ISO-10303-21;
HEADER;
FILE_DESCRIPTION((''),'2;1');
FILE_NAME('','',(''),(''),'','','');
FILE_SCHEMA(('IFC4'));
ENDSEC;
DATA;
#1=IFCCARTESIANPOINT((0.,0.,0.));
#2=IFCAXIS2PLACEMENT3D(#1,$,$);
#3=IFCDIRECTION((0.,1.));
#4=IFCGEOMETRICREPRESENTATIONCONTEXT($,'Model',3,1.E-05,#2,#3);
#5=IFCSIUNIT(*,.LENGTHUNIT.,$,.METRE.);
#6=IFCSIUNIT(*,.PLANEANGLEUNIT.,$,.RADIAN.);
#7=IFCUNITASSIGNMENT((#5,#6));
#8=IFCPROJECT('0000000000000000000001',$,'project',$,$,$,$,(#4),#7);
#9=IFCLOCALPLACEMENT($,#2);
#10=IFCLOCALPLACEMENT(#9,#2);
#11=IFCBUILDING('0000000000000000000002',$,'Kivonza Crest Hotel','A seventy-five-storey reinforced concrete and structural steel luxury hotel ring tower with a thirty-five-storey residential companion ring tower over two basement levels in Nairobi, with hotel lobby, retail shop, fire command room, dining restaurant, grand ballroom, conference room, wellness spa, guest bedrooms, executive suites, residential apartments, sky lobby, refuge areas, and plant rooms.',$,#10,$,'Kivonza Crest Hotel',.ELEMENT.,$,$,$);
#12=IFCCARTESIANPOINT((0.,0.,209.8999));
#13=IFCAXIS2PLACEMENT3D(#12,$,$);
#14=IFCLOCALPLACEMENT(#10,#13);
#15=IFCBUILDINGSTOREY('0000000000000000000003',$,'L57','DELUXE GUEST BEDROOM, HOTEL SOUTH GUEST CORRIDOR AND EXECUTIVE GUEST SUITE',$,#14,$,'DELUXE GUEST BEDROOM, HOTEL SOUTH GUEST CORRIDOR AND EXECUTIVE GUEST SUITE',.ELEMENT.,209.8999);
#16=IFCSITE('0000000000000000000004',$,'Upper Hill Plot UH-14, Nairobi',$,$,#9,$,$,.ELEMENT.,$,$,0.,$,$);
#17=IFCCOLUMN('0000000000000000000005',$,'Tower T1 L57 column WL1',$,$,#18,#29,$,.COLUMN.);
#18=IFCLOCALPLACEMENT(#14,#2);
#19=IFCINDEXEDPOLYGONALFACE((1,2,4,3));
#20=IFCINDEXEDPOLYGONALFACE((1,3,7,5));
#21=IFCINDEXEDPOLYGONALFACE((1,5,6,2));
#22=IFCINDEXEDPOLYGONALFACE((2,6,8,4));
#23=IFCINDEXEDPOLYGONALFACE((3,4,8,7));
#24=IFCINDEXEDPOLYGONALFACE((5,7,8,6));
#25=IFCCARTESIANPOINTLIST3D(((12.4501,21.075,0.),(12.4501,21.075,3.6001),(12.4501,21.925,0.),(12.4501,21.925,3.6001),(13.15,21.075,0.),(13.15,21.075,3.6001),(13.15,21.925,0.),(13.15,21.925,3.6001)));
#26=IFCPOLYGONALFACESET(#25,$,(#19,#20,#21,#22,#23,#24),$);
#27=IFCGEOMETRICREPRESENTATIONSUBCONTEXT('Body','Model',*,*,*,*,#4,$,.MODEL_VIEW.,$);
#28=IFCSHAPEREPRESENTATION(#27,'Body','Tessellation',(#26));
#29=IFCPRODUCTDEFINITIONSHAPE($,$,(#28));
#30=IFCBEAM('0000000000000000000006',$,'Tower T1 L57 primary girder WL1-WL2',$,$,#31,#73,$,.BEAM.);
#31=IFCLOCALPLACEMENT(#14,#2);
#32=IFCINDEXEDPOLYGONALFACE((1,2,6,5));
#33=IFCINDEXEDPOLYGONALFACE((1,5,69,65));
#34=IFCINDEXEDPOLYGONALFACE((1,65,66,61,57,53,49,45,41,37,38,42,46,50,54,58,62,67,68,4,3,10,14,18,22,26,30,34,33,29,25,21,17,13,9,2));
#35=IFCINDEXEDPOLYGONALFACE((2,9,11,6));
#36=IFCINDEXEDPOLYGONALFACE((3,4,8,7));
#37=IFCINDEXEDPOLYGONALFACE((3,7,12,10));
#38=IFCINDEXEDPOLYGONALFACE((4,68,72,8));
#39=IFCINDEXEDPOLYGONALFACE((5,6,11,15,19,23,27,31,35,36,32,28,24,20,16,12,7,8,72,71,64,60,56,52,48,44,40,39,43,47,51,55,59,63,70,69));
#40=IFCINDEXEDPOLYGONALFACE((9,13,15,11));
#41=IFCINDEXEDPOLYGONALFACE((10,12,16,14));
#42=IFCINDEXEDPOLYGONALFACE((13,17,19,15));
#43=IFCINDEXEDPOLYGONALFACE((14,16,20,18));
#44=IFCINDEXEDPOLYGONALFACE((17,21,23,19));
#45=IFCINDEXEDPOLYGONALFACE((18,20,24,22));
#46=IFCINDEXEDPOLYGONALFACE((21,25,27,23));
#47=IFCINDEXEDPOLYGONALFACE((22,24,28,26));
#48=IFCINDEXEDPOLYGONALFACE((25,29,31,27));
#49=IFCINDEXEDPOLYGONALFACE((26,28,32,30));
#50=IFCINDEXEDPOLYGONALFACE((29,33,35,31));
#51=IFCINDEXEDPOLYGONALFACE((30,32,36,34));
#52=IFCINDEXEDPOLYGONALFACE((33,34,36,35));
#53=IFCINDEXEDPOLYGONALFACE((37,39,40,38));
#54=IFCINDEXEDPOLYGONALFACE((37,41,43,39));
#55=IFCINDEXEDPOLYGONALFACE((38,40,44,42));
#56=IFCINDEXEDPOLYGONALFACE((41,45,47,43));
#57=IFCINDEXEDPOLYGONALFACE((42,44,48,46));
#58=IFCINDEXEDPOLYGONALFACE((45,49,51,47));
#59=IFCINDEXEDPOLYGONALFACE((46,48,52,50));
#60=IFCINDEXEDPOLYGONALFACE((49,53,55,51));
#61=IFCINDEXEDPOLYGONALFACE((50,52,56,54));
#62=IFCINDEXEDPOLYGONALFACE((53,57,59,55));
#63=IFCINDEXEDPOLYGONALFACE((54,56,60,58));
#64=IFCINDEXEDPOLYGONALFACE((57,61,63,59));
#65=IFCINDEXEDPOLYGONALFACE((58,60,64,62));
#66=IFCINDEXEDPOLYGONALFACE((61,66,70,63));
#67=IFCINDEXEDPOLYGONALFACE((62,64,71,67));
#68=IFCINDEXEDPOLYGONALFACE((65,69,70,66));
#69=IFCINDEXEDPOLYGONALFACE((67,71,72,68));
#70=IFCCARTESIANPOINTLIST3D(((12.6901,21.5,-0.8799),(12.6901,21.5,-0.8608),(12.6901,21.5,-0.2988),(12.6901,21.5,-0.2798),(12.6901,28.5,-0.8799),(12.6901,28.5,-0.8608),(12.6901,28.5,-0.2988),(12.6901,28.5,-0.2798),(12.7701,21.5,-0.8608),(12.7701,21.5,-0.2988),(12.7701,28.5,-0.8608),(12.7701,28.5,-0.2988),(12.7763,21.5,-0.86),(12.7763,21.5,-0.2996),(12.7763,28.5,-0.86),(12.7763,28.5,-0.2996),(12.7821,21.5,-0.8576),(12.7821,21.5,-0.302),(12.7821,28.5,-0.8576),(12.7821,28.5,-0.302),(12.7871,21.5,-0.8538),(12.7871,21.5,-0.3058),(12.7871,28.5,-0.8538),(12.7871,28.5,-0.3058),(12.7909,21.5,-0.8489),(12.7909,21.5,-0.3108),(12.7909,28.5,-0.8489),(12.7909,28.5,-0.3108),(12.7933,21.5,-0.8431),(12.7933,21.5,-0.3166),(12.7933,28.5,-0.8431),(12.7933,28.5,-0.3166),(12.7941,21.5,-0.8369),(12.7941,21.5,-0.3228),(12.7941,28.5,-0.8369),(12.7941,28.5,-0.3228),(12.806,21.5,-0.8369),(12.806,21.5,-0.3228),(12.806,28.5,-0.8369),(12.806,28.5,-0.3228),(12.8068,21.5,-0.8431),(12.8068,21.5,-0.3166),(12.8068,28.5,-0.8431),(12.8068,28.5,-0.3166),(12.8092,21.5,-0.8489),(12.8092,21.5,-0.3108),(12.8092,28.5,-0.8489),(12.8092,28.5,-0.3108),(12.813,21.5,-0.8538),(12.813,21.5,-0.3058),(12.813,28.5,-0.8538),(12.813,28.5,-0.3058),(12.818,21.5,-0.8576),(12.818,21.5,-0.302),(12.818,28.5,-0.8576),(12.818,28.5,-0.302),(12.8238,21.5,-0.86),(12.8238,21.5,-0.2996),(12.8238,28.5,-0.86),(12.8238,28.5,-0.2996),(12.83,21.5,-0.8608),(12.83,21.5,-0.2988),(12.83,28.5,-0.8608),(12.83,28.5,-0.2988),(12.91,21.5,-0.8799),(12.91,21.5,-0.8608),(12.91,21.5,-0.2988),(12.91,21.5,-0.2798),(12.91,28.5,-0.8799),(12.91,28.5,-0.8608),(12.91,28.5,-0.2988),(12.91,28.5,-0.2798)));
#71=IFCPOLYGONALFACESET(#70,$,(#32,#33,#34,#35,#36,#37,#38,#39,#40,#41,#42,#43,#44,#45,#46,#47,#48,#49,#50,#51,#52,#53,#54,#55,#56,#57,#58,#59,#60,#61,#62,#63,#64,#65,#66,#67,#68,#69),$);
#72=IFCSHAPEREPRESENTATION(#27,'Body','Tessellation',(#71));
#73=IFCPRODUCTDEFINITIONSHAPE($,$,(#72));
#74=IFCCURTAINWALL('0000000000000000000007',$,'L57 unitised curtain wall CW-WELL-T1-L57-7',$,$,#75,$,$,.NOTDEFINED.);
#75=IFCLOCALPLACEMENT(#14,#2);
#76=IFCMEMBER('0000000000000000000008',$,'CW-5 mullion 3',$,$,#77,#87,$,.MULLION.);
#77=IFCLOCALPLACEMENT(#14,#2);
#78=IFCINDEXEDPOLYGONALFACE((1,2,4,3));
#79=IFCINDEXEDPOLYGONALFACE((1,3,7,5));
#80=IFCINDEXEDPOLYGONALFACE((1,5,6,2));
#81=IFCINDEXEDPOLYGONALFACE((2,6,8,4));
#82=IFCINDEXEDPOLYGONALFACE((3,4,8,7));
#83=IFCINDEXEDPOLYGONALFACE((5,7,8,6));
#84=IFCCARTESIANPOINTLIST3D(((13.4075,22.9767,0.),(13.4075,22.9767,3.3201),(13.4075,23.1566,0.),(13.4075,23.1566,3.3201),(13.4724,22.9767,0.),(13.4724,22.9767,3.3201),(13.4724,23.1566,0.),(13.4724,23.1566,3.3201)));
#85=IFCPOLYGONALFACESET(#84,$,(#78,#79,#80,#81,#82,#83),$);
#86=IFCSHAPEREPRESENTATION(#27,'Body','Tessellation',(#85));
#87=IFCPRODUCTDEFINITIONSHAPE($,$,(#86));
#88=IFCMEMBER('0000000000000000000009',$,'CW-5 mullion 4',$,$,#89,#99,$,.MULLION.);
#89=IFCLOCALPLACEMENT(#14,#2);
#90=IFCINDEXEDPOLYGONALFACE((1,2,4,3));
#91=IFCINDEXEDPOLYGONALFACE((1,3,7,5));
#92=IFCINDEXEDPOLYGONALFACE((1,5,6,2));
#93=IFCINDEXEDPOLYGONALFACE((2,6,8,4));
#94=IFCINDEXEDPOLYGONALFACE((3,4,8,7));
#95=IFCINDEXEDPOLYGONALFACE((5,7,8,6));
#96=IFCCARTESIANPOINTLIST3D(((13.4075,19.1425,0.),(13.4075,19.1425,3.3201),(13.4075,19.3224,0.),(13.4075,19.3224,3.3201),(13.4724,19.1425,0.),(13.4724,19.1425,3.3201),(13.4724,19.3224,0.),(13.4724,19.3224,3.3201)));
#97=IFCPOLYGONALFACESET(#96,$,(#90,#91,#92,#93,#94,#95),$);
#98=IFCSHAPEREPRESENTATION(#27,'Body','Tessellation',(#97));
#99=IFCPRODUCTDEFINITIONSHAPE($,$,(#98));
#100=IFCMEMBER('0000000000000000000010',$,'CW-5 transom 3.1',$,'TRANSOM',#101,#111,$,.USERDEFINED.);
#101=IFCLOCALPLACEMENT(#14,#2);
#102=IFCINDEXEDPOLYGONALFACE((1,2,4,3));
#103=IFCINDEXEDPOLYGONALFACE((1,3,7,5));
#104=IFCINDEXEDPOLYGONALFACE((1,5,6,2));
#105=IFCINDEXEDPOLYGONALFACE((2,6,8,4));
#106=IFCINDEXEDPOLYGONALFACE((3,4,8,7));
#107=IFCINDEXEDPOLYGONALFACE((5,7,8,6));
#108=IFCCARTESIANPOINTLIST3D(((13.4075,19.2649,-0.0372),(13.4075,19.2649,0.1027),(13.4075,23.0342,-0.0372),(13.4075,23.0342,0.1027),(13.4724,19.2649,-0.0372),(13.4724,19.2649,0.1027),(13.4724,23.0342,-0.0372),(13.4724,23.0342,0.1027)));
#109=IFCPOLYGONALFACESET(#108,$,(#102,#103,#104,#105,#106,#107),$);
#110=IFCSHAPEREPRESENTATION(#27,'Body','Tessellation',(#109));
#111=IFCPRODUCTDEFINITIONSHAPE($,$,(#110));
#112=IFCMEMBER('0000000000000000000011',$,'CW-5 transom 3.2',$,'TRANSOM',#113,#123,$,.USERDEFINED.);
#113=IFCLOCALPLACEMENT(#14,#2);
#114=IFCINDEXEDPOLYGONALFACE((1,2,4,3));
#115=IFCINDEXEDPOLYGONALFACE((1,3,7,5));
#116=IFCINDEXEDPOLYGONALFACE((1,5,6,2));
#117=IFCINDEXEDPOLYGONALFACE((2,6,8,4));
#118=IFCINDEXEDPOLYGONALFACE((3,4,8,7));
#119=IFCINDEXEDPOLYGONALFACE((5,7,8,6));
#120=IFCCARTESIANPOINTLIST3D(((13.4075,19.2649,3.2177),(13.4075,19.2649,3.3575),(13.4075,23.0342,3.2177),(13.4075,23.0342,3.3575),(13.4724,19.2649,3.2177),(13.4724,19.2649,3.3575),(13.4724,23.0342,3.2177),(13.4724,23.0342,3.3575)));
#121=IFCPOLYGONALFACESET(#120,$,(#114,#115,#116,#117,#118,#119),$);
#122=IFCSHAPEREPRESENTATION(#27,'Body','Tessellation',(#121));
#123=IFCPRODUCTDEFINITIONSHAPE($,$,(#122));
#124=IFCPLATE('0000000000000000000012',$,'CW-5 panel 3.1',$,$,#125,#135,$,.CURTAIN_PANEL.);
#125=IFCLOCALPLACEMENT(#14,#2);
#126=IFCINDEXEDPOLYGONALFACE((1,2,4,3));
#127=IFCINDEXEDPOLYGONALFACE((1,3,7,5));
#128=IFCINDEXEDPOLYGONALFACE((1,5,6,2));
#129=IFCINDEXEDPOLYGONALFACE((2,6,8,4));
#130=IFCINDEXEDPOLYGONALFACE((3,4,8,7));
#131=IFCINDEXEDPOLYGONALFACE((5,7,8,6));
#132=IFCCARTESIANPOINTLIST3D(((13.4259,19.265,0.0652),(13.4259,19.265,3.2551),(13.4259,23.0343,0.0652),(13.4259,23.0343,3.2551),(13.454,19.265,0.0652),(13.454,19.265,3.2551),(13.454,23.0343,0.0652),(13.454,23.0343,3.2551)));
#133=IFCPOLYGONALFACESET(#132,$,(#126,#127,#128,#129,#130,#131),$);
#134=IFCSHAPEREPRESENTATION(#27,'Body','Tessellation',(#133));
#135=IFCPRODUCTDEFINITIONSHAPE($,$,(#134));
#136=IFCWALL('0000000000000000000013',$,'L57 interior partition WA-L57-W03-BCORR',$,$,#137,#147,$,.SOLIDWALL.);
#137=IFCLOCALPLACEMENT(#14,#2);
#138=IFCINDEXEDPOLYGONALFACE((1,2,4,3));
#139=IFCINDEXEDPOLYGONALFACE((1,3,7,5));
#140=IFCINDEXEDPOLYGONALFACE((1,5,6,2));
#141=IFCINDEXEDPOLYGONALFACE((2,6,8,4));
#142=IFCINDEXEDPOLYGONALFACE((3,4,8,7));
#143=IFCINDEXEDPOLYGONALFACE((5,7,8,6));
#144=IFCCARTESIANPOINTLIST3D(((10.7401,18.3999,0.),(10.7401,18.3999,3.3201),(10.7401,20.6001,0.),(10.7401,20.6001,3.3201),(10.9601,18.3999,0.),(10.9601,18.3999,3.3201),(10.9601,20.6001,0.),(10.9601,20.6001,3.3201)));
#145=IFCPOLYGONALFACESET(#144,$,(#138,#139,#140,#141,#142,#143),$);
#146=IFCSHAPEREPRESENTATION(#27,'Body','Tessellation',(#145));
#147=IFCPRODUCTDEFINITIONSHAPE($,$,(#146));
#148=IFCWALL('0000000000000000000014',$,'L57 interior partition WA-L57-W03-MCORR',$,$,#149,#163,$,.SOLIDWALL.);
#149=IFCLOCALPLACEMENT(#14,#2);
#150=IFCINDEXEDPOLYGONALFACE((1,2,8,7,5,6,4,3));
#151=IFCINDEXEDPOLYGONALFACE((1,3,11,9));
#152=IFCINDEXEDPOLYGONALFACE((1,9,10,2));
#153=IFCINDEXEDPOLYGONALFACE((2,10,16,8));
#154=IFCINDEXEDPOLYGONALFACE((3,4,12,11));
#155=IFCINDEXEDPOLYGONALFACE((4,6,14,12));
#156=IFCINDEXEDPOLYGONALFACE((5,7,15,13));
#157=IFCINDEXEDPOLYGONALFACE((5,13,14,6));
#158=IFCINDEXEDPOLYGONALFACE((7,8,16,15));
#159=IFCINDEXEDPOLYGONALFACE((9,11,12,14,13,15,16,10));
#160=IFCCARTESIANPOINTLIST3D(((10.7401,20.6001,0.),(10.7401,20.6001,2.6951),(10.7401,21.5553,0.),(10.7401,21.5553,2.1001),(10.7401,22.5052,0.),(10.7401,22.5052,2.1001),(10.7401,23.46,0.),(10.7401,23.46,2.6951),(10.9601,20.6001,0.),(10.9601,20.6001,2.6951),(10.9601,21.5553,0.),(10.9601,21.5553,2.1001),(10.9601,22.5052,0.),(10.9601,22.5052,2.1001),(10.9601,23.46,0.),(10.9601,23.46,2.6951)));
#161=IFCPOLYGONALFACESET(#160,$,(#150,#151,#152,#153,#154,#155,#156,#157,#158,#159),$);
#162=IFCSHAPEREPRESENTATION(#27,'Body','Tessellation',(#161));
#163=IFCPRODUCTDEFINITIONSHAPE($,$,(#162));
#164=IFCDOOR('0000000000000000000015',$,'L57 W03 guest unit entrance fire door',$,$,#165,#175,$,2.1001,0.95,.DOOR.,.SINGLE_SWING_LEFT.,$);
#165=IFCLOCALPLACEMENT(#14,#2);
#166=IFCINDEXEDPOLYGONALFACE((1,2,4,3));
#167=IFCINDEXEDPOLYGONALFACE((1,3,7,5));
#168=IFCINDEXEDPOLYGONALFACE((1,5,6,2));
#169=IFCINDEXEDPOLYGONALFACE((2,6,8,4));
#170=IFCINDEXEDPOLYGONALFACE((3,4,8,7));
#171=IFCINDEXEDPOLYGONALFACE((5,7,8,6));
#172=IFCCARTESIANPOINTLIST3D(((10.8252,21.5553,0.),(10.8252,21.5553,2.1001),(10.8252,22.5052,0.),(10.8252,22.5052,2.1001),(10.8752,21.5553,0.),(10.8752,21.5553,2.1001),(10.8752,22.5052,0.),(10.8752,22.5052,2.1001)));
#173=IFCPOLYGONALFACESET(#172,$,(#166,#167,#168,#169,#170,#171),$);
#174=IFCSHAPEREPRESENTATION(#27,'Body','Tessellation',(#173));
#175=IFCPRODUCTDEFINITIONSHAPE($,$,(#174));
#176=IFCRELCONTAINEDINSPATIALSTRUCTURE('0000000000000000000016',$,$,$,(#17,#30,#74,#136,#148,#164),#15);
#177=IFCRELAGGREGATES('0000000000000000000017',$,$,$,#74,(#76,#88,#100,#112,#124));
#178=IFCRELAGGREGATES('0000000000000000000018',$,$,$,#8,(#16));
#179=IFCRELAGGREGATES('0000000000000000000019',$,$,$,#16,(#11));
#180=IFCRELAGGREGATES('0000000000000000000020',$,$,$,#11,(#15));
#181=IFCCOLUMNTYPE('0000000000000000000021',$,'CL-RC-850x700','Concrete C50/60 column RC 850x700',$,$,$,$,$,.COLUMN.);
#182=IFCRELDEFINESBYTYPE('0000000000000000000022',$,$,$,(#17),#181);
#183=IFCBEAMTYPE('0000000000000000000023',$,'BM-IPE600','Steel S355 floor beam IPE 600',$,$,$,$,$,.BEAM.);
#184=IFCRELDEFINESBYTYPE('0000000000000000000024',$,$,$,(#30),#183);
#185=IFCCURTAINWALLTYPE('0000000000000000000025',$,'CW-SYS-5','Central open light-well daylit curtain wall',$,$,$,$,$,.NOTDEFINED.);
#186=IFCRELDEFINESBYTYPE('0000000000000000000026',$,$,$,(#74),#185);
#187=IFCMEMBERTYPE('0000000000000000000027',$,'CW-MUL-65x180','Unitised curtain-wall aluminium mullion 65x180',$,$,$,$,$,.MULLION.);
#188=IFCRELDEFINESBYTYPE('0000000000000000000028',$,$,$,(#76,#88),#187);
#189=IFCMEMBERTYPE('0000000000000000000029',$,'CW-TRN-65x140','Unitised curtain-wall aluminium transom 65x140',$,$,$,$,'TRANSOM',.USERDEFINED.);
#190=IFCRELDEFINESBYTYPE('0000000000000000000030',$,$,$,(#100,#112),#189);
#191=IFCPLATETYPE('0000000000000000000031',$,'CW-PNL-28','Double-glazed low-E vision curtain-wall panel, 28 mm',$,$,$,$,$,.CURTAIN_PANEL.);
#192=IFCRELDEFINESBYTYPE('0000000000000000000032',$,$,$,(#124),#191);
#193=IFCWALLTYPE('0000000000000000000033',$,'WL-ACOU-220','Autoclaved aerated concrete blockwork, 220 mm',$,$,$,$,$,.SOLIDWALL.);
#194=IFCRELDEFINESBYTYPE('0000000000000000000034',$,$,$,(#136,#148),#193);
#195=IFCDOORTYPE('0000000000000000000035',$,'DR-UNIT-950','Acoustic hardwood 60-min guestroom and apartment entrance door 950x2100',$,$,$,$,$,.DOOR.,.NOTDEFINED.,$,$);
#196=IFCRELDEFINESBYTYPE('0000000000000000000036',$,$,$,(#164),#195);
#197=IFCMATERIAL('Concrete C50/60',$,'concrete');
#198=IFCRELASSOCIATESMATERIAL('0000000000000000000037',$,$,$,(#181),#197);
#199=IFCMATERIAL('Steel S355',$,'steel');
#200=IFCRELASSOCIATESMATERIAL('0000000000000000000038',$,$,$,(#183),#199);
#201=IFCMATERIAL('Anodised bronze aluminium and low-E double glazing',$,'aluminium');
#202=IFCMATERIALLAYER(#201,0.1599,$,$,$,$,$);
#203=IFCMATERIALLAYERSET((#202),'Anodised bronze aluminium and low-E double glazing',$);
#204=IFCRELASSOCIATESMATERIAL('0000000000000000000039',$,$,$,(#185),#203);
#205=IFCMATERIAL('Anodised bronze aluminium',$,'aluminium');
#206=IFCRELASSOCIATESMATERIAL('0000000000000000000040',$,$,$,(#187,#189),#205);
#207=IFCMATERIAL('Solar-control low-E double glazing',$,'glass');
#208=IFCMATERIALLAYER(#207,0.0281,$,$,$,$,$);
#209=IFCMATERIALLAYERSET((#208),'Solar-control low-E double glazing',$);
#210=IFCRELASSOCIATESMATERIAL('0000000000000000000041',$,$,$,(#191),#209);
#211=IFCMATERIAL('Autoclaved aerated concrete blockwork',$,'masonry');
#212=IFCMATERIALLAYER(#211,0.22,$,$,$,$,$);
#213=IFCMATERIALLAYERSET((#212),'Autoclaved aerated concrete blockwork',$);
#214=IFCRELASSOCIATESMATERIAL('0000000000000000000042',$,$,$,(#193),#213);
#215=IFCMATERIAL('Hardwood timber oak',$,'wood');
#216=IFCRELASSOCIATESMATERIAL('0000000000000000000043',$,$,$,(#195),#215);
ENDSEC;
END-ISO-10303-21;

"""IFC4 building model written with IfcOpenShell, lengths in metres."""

from ifc_helpers import new_model, si_unit, direction, frame, frame_2d, origin, origin_2d, place, context, subcontext, project, spatial, rectangle, i_section, extrude, material, layer, layer_set, material_profile, profile_set, type_object, element, fill, aggregate, save


model = new_model("IFC4")

# Units and contexts
model_context = context("Model", 3, precision=1e-05, world=origin(), true_north=direction((0.0, 1.0)))
body_context = subcontext(model_context, "Body", "Model", "MODEL_VIEW")
ifc_project = project(units=[si_unit("LENGTHUNIT", "METRE"), si_unit("PLANEANGLEUNIT", "RADIAN")], contexts=[model_context])

# Site, building, storey
site_placement = place(None, origin())
site = spatial("IfcSite", under=ifc_project, at=site_placement, Name="Upper Hill Plot UH-14, Nairobi", CompositionType="ELEMENT", RefElevation=0.0)
building_placement = place(site_placement, origin())
building = spatial("IfcBuilding", under=site, at=building_placement, Name="Kivonza Crest Hotel", Description="A seventy-five-storey reinforced concrete and structural steel luxury hotel ring tower with a thirty-five-storey residential companion ring tower over two basement levels in Nairobi, with hotel lobby, retail shop, fire command room, dining restaurant, grand ballroom, conference room, wellness spa, guest bedrooms, executive suites, residential apartments, sky lobby, refuge areas, and plant rooms.", LongName="Kivonza Crest Hotel", CompositionType="ELEMENT")
storey_placement = place(building_placement, frame((0.0, 0.0, 209.8999)))
storey = spatial("IfcBuildingStorey", under=building, at=storey_placement, Name="L57", Description="DELUXE GUEST BEDROOM, HOTEL SOUTH GUEST CORRIDOR AND EXECUTIVE GUEST SUITE", LongName="DELUXE GUEST BEDROOM, HOTEL SOUTH GUEST CORRIDOR AND EXECUTIVE GUEST SUITE", CompositionType="ELEMENT", Elevation=209.8999)

# Column
ifc_material_1 = material(Name="Concrete C50/60", Category="concrete")
ifc_material_profile_1 = material_profile(ifc_material_1, rectangle(XDim=0.7, YDim=0.8501, at=origin_2d()), Name="RC 850x700")
ifc_profile_set_1 = profile_set([ifc_material_profile_1], Name="Concrete C50/60")
column_type = type_object("IfcColumnType", Name="CL-RC-850x700", Description="Concrete C50/60 column RC 850x700", PredefinedType="COLUMN", material=ifc_profile_set_1)
column_placement = place(storey_placement, frame((12.8, 21.5, 0.0), z_axis=(0.0, 0.0, 1.0), x_axis=(1.0, 0.0, 0.0)))
element("IfcColumn", 1, at=column_placement, inside=storey, type_object=column_type, Name="Tower T1 L57 column WL1", PredefinedType="COLUMN", context=body_context, shape_type="SweptSolid", body=[
    extrude(rectangle(XDim=0.7, YDim=0.8501, at=origin_2d()), origin(), (0.0, 0.0, 1.0), 3.6001),
])

# Beam
ifc_material_2 = material(Name="Steel S355", Category="steel")
ifc_material_profile_2 = material_profile(ifc_material_2, i_section(OverallWidth=0.22, OverallDepth=0.6001, WebThickness=0.012, FlangeThickness=0.019, FilletRadius=0.0239, at=origin_2d()), Name="IPE 600")
ifc_profile_set_2 = profile_set([ifc_material_profile_2], Name="Steel S355")
beam_type = type_object("IfcBeamType", Name="BM-IPE600", Description="Steel S355 floor beam IPE 600", PredefinedType="BEAM", material=ifc_profile_set_2)
beam_placement = place(storey_placement, frame((12.8, 21.5, -0.5798), z_axis=(0.0, 1.0, 0.0), x_axis=(-1.0, 0.0, 0.0)))
element("IfcBeam", 2, at=beam_placement, inside=storey, type_object=beam_type, Name="Tower T1 L57 primary girder WL1-WL2", PredefinedType="BEAM", context=body_context, shape_type="SweptSolid", body=[
    extrude(i_section(OverallWidth=0.22, OverallDepth=0.6001, WebThickness=0.012, FlangeThickness=0.019, FilletRadius=0.0239, at=origin_2d()), origin(), (0.0, 0.0, 1.0), 7.0),
])

# Curtain wall, members, plate
ifc_material_3 = material(Name="Anodised bronze aluminium and low-E double glazing", Category="aluminium")
ifc_layer_1 = layer(ifc_material_3, 0.1599)
ifc_layer_set_1 = layer_set([ifc_layer_1], Name="Anodised bronze aluminium and low-E double glazing")
curtain_wall_type = type_object("IfcCurtainWallType", Name="CW-SYS-5", Description="Central open light-well daylit curtain wall", PredefinedType="NOTDEFINED", material=ifc_layer_set_1)
curtain_wall_placement = place(storey_placement, origin())
curtain_wall = element("IfcCurtainWall", 3, at=curtain_wall_placement, inside=storey, type_object=curtain_wall_type, Name="L57 unitised curtain wall CW-WELL-T1-L57-7", PredefinedType="NOTDEFINED")
ifc_material_4 = material(Name="Anodised bronze aluminium", Category="aluminium")
ifc_material_profile_3 = material_profile(ifc_material_4, rectangle(XDim=0.0649, YDim=0.1799, at=origin_2d()), Name="CW-M 65x180")
ifc_profile_set_3 = profile_set([ifc_material_profile_3], Name="Anodised bronze aluminium")
member_type_1 = type_object("IfcMemberType", Name="CW-MUL-65x180", Description="Unitised curtain-wall aluminium mullion 65x180", PredefinedType="MULLION", material=ifc_profile_set_3)
member_1_placement = place(storey_placement, frame((13.4399, 23.0667, 0.0), z_axis=(0.0, 0.0, 1.0), x_axis=(1.0, 0.0, 0.0)))
member_1 = element("IfcMember", 4, at=member_1_placement, type_object=member_type_1, Name="CW-5 mullion 3", PredefinedType="MULLION", context=body_context, shape_type="SweptSolid", body=[
    extrude(rectangle(XDim=0.0649, YDim=0.1799, at=origin_2d()), origin(), (0.0, 0.0, 1.0), 3.3201),
])
member_2_placement = place(storey_placement, frame((13.4399, 19.2324, 0.0), z_axis=(0.0, 0.0, 1.0), x_axis=(1.0, 0.0, 0.0)))
member_2 = element("IfcMember", 5, at=member_2_placement, type_object=member_type_1, Name="CW-5 mullion 4", PredefinedType="MULLION", context=body_context, shape_type="SweptSolid", body=[
    extrude(rectangle(XDim=0.0649, YDim=0.1799, at=origin_2d()), origin(), (0.0, 0.0, 1.0), 3.3201),
])
ifc_material_profile_4 = material_profile(ifc_material_4, rectangle(XDim=0.0649, YDim=0.1399, at=origin_2d()), Name="CW-T 65x140")
ifc_profile_set_4 = profile_set([ifc_material_profile_4], Name="Anodised bronze aluminium")
member_type_2 = type_object("IfcMemberType", Name="CW-TRN-65x140", Description="Unitised curtain-wall aluminium transom 65x140", ElementType="TRANSOM", PredefinedType="USERDEFINED", material=ifc_profile_set_4)
member_3_placement = place(storey_placement, frame((13.4399, 23.0342, 0.0327), z_axis=(0.0, -1.0, 0.0), x_axis=(1.0, 0.0, 0.0)))
member_3 = element("IfcMember", 6, at=member_3_placement, type_object=member_type_2, Name="CW-5 transom 3.1", ObjectType="TRANSOM", PredefinedType="USERDEFINED", context=body_context, shape_type="SweptSolid", body=[
    extrude(rectangle(XDim=0.0649, YDim=0.1399, at=origin_2d()), origin(), (0.0, 0.0, 1.0), 3.7693),
])
member_4_placement = place(storey_placement, frame((13.4399, 23.0342, 3.2876), z_axis=(0.0, -1.0, 0.0), x_axis=(1.0, 0.0, 0.0)))
member_4 = element("IfcMember", 7, at=member_4_placement, type_object=member_type_2, Name="CW-5 transom 3.2", ObjectType="TRANSOM", PredefinedType="USERDEFINED", context=body_context, shape_type="SweptSolid", body=[
    extrude(rectangle(XDim=0.0649, YDim=0.1399, at=origin_2d()), origin(), (0.0, 0.0, 1.0), 3.7693),
])
ifc_material_5 = material(Name="Solar-control low-E double glazing", Category="glass")
ifc_layer_2 = layer(ifc_material_5, 0.0281)
ifc_layer_set_2 = layer_set([ifc_layer_2], Name="Solar-control low-E double glazing")
plate_type = type_object("IfcPlateType", Name="CW-PNL-28", Description="Double-glazed low-E vision curtain-wall panel, 28 mm", PredefinedType="CURTAIN_PANEL", material=ifc_layer_set_2)
plate_placement = place(storey_placement, frame((13.4399, 21.1497, 0.0652), z_axis=(0.0, 0.0, 1.0), x_axis=(0.0, -1.0, 0.0)))
plate = element("IfcPlate", 8, at=plate_placement, type_object=plate_type, Name="CW-5 panel 3.1", PredefinedType="CURTAIN_PANEL", context=body_context, shape_type="SweptSolid", body=[
    extrude(rectangle(XDim=3.7693, YDim=0.0281, at=origin_2d()), origin(), (0.0, 0.0, 1.0), 3.1899),
])
aggregate(curtain_wall, [member_1, member_2, member_3, member_4, plate])

# Wall
ifc_material_6 = material(Name="Autoclaved aerated concrete blockwork", Category="masonry")
ifc_layer_3 = layer(ifc_material_6, 0.22)
ifc_layer_set_3 = layer_set([ifc_layer_3], Name="Autoclaved aerated concrete blockwork")
wall_type_1 = type_object("IfcWallType", Name="WL-ACOU-220", Description="Autoclaved aerated concrete blockwork, 220 mm", PredefinedType="SOLIDWALL", material=ifc_layer_set_3)
wall_1_placement = place(storey_placement, frame((10.8501, 18.3999, 0.0), z_axis=(0.0, 0.0, 1.0), x_axis=(0.0, 1.0, 0.0)))
element("IfcWall", 9, at=wall_1_placement, inside=storey, type_object=wall_type_1, Name="L57 interior partition WA-L57-W03-BCORR", PredefinedType="SOLIDWALL", context=body_context, shape_type="SweptSolid", body=[
    extrude(rectangle(XDim=2.2002, YDim=0.22, at=frame_2d((1.1001, 0.0))), origin(), (0.0, 0.0, 1.0), 3.3201),
])

# Wall, opening, door
wall_2_placement = place(storey_placement, frame((10.8501, 20.6001, 0.0), z_axis=(0.0, 0.0, 1.0), x_axis=(0.0, 1.0, 0.0)))
wall_2 = element("IfcWall", 10, at=wall_2_placement, inside=storey, type_object=wall_type_1, Name="L57 interior partition WA-L57-W03-MCORR", PredefinedType="SOLIDWALL", context=body_context, shape_type="SweptSolid", body=[
    extrude(rectangle(XDim=2.8599, YDim=0.22, at=frame_2d((1.4299, 0.0))), origin(), (0.0, 0.0, 1.0), 2.6951),
])
opening_1_placement = place(wall_2_placement, frame((0.9551, 0.0, 0.0)))
opening_1 = element("IfcOpeningElement", 11, at=opening_1_placement, cuts=wall_2, PredefinedType="OPENING", context=body_context, shape_type="SweptSolid", body=[
    extrude(rectangle(XDim=0.95, YDim=2.1001, at=frame_2d((0.4751, 1.05))), frame((0.0, 0.1201, 0.0), z_axis=(0.0, -1.0, 0.0), x_axis=(1.0, 0.0, 0.0)), (0.0, 0.0, 1.0), 0.24),
])
ifc_material_7 = material(Name="Hardwood timber oak", Category="wood")
door_type_1 = type_object("IfcDoorType", Name="DR-UNIT-950", Description="Acoustic hardwood 60-min guestroom and apartment entrance door 950x2100", OperationType="NOTDEFINED", PredefinedType="DOOR", material=ifc_material_7)
door_1_placement = place(opening_1_placement, origin())
door_1 = element("IfcDoor", 12, at=door_1_placement, inside=storey, type_object=door_type_1, Name="L57 W03 guest unit entrance fire door", OperationType="SINGLE_SWING_LEFT", OverallHeight=2.1001, OverallWidth=0.95, PredefinedType="DOOR", context=body_context, shape_type="SweptSolid", body=[
    extrude(rectangle(XDim=0.95, YDim=2.1001, at=frame_2d((0.4751, 1.05))), frame((0.0, 0.0249, 0.0), z_axis=(0.0, -1.0, 0.0), x_axis=(1.0, 0.0, 0.0)), (0.0, 0.0, 1.0), 0.05),
])
fill(opening_1, door_1)

save(model, "model.ifc")
